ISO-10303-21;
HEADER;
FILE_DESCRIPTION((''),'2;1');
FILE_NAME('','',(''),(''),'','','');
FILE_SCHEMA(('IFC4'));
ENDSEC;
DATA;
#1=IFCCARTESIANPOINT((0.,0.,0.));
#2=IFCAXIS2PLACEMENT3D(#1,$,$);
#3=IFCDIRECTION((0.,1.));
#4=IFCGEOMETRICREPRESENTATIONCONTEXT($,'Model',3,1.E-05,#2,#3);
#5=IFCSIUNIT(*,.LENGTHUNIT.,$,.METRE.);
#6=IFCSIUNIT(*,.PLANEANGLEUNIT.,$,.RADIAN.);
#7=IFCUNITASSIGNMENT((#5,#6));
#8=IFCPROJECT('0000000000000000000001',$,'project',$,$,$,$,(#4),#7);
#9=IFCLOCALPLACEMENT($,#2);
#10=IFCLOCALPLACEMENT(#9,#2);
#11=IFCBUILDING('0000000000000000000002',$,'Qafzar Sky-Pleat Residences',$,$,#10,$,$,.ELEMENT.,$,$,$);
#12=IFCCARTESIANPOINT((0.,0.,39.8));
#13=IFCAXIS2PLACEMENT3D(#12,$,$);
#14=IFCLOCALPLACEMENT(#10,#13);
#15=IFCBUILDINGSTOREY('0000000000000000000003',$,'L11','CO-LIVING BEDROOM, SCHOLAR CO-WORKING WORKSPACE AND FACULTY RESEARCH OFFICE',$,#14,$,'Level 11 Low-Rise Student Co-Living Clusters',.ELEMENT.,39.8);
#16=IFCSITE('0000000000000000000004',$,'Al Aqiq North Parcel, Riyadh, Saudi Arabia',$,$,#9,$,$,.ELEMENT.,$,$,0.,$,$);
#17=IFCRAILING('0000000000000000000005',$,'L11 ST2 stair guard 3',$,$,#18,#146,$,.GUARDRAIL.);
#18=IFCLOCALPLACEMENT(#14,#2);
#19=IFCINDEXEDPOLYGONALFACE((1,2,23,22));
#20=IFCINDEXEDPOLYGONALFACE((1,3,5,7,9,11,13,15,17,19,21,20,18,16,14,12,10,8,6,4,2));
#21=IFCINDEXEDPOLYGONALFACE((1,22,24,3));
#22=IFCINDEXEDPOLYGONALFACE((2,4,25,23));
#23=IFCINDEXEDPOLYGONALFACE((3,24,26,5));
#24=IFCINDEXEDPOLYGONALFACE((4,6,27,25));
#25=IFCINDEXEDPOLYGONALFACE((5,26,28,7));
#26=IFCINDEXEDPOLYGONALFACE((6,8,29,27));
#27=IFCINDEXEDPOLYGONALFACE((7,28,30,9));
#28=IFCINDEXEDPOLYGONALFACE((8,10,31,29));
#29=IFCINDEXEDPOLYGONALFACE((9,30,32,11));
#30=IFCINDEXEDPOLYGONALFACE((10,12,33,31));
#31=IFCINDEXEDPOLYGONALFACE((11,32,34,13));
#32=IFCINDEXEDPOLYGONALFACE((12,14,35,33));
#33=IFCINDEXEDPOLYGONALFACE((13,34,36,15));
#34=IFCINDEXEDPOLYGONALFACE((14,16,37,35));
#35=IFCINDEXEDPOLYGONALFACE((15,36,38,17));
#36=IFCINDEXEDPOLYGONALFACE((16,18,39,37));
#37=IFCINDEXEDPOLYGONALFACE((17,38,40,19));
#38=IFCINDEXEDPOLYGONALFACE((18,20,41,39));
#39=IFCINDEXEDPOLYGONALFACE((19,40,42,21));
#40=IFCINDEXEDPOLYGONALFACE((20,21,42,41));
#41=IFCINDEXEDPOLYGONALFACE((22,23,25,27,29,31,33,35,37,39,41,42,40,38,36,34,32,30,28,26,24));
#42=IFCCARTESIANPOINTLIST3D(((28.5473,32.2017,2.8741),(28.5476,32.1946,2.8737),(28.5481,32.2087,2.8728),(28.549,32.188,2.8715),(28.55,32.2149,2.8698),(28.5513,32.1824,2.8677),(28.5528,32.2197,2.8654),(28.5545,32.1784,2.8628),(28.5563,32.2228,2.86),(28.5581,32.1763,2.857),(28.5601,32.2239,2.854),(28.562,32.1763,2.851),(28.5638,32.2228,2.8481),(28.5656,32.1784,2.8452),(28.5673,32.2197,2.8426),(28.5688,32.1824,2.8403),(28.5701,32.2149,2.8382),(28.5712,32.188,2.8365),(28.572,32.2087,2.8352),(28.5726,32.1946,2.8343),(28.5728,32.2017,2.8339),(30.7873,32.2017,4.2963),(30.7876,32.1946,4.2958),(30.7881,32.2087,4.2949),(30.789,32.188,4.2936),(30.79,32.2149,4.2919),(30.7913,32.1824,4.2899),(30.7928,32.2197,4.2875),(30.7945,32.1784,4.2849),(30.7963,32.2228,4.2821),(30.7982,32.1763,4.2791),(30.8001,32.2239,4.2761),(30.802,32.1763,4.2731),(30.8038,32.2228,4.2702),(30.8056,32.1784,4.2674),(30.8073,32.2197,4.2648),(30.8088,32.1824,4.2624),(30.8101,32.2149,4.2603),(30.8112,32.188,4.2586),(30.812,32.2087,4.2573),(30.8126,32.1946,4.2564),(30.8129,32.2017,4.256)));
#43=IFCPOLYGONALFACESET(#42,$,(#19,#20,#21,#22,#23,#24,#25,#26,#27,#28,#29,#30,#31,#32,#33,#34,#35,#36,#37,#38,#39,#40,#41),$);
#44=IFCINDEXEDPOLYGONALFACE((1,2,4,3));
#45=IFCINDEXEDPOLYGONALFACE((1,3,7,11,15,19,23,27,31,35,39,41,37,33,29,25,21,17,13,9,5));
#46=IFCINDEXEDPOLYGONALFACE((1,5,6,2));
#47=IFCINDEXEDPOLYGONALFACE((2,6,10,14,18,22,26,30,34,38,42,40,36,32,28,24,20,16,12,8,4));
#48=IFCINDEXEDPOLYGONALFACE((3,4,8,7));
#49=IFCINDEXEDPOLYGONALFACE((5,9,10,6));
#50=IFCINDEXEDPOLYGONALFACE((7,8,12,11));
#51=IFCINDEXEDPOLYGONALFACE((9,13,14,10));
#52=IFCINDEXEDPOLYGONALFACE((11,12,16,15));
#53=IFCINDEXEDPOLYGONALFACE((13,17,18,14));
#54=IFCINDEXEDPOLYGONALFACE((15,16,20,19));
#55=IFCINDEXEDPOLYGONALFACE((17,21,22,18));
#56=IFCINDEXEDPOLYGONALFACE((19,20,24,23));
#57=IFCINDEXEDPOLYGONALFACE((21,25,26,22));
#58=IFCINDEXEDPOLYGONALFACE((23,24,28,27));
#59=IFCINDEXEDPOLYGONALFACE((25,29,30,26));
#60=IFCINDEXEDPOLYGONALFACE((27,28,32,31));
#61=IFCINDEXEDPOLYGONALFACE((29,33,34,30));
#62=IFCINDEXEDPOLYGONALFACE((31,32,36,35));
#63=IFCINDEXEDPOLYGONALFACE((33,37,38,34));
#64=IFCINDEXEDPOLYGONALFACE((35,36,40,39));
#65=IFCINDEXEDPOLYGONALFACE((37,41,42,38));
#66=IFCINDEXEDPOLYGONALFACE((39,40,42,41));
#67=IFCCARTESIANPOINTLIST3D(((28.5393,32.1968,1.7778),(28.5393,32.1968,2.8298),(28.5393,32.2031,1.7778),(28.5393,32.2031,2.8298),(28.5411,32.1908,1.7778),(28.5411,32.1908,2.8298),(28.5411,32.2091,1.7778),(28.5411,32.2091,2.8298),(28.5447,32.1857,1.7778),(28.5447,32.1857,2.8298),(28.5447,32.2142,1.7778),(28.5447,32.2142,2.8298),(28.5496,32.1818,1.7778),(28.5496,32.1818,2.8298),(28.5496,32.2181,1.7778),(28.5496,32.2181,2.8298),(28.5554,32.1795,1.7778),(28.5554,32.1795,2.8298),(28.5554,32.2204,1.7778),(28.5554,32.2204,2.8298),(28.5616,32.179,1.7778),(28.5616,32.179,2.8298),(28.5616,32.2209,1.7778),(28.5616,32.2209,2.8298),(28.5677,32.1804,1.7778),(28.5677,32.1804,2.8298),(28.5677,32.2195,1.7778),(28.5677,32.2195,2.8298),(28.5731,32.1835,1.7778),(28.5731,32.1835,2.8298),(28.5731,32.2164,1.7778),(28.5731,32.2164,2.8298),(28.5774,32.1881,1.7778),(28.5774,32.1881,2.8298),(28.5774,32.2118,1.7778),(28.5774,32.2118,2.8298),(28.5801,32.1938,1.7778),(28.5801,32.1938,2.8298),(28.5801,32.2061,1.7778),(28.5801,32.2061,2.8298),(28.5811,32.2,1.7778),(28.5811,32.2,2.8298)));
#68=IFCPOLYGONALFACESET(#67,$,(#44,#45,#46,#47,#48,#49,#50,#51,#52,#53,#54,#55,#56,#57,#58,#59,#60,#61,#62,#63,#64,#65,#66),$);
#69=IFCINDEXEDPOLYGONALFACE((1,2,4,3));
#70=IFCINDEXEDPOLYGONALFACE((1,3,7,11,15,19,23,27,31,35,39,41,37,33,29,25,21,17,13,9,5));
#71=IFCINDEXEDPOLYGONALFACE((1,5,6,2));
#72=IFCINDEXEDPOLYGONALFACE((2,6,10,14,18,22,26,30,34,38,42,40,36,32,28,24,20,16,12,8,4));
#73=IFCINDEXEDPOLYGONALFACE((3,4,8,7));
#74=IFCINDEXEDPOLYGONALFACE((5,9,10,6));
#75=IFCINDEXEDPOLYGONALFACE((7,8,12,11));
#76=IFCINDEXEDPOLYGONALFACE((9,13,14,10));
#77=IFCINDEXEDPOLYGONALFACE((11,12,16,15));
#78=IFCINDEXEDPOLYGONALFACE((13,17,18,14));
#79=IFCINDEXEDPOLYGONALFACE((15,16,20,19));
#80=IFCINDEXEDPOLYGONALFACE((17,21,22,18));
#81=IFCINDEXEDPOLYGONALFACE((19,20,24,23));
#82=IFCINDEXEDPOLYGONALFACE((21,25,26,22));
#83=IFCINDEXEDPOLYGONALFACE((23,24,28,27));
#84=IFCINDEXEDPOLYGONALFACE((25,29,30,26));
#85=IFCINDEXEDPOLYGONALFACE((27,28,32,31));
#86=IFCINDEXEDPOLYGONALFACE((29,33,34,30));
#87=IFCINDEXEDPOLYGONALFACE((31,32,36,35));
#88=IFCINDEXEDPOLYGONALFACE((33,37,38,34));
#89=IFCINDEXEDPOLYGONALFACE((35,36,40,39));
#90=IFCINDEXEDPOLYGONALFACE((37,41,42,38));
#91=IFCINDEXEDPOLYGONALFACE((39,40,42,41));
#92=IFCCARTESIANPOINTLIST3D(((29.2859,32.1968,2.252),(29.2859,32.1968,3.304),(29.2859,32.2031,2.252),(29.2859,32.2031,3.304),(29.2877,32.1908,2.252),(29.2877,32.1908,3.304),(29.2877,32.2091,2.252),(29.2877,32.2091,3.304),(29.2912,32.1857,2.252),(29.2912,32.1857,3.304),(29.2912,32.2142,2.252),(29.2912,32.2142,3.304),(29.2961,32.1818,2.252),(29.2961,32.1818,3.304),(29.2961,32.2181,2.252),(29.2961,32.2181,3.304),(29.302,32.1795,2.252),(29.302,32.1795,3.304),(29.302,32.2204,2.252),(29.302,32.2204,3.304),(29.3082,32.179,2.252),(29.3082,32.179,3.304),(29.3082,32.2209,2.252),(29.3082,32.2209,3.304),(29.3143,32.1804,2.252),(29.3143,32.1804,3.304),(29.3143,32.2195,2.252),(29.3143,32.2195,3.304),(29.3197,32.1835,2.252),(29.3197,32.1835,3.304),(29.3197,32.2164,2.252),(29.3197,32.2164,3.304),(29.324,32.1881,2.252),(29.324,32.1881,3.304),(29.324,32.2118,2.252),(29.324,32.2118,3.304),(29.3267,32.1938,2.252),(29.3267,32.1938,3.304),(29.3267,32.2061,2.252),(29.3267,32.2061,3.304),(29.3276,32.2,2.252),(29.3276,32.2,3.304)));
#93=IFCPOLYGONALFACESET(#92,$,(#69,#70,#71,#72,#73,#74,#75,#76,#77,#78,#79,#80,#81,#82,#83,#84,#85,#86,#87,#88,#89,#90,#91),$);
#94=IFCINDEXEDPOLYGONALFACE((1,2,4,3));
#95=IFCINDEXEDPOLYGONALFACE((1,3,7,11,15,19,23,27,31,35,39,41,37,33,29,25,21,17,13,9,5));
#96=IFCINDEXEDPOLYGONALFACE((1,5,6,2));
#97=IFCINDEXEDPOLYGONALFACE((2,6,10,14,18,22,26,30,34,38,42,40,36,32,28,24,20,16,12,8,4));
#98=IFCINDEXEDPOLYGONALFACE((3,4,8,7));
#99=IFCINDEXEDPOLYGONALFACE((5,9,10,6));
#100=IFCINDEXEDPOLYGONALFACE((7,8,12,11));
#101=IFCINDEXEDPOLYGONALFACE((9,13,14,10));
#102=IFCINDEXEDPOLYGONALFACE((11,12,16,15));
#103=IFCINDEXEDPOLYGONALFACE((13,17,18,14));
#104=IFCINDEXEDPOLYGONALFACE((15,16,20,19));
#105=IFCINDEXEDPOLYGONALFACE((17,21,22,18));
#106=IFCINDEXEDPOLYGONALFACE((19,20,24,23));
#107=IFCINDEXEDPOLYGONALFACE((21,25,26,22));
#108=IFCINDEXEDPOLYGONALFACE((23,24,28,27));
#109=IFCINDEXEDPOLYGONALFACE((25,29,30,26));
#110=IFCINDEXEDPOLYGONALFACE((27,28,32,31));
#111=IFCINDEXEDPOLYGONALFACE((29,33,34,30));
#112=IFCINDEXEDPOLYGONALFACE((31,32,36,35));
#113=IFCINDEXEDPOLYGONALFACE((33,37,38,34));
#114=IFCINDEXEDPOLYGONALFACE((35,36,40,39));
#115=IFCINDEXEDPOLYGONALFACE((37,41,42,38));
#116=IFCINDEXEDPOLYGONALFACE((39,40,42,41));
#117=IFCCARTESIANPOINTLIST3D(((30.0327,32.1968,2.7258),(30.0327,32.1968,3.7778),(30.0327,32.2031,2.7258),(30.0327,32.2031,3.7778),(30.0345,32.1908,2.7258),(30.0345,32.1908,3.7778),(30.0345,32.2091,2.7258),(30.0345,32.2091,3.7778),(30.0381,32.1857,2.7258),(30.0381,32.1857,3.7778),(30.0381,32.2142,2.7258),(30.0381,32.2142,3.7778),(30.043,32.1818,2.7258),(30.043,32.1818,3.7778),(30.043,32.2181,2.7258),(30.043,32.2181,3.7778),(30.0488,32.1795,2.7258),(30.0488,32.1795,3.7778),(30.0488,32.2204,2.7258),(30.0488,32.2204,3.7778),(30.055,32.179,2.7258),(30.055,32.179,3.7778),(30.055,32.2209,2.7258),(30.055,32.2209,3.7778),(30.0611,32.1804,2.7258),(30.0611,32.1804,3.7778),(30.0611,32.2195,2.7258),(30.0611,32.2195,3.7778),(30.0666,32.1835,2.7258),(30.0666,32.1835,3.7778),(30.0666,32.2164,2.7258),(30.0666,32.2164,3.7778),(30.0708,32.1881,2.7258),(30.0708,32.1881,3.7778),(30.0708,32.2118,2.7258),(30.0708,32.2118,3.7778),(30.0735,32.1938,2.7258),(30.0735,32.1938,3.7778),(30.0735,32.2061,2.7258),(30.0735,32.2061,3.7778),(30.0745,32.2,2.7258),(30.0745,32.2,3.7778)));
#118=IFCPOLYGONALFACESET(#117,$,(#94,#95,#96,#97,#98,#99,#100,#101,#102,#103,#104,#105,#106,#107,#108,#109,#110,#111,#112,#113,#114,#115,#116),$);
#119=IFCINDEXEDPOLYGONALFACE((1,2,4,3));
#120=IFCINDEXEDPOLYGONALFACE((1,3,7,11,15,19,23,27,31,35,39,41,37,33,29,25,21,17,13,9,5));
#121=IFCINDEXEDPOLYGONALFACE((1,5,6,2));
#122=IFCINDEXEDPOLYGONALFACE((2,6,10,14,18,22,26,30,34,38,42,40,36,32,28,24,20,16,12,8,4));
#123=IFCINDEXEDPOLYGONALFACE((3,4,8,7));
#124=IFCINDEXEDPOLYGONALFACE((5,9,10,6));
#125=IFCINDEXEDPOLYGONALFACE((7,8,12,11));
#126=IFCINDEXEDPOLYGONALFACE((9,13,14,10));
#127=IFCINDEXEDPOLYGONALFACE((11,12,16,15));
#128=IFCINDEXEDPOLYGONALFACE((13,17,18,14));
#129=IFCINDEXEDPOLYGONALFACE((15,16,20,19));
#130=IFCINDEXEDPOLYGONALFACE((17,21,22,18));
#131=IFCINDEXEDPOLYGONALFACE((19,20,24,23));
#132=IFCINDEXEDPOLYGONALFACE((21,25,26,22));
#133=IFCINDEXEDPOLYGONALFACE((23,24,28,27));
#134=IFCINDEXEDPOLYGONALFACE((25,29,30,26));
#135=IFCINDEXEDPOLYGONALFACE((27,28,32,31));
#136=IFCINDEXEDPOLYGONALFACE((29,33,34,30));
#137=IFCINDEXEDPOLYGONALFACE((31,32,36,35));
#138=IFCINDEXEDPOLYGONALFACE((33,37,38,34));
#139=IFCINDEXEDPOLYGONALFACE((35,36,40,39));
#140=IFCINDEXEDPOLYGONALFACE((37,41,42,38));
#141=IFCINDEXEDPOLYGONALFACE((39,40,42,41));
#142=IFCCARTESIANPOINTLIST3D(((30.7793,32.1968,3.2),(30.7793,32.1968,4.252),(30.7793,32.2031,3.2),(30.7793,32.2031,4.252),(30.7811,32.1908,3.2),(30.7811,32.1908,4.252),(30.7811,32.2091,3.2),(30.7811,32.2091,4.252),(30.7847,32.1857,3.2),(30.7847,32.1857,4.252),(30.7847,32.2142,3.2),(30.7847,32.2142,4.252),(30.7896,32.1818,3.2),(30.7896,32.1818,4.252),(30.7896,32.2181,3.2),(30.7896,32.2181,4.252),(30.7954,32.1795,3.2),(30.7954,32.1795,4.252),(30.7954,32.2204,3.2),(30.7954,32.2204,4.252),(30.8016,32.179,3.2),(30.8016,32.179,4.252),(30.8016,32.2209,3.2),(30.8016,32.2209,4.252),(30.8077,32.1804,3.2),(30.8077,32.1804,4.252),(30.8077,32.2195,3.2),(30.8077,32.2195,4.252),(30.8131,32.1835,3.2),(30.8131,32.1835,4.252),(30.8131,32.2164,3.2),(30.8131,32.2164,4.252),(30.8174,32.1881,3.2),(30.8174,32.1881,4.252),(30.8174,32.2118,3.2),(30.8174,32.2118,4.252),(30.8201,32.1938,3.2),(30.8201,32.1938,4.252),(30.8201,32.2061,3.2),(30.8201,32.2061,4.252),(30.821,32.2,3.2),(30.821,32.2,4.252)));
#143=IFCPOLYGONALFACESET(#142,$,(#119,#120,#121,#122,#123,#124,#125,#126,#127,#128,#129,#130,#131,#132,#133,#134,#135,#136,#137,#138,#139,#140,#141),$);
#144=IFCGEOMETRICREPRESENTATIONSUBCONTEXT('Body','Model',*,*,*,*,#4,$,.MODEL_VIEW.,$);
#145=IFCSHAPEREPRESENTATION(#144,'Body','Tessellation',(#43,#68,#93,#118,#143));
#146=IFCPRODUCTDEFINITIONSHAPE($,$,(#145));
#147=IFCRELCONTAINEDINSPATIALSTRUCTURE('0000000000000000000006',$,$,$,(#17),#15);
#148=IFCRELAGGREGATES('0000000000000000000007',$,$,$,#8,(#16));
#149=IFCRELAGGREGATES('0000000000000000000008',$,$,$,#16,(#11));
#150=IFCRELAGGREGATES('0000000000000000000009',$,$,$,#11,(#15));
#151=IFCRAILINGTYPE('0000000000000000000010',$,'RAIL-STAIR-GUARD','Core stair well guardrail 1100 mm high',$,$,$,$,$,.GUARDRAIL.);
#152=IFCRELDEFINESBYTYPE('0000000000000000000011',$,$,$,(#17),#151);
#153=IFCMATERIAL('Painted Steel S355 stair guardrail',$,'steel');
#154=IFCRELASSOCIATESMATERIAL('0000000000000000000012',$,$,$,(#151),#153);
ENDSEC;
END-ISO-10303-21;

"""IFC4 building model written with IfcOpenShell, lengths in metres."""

from ifc_helpers import new_model, si_unit, direction, frame, origin, origin_2d, place, context, subcontext, project, spatial, circle, extrude, source, transform, mapped, material, type_object, element, save


model = new_model("IFC4")

# Units and contexts
model_context = context("Model", 3, precision=1e-05, world=origin(), true_north=direction((0.0, 1.0)))
body_context = subcontext(model_context, "Body", "Model", "MODEL_VIEW")
ifc_project = project(units=[si_unit("LENGTHUNIT", "METRE"), si_unit("PLANEANGLEUNIT", "RADIAN")], contexts=[model_context])

# Site, building, storey
site_placement = place(None, origin())
site = spatial("IfcSite", under=ifc_project, at=site_placement, Name="Al Aqiq North Parcel, Riyadh, Saudi Arabia", CompositionType="ELEMENT", RefElevation=0.0)
building_placement = place(site_placement, origin())
building = spatial("IfcBuilding", under=site, at=building_placement, Name="Qafzar Sky-Pleat Residences", CompositionType="ELEMENT")
storey_placement = place(building_placement, frame((0.0, 0.0, 39.8)))
storey = spatial("IfcBuildingStorey", under=building, at=storey_placement, Name="L11", Description="CO-LIVING BEDROOM, SCHOLAR CO-WORKING WORKSPACE AND FACULTY RESEARCH OFFICE", LongName="Level 11 Low-Rise Student Co-Living Clusters", CompositionType="ELEMENT", Elevation=39.8)

# Railing
ifc_material_1 = material(Name="Painted Steel S355 stair guardrail", Category="steel")
railing_type_1 = type_object("IfcRailingType", Name="RAIL-STAIR-GUARD", Description="Core stair well guardrail 1100 mm high", PredefinedType="GUARDRAIL", material=ifc_material_1)
shared_shape_1 = source(origin(), body_context, "Body", "SweptSolid", [
    extrude(circle(Radius=0.0239, at=origin_2d()), frame((0.0, 0.0, 1.0762), z_axis=(0.844229, 0.0, 0.535982), x_axis=(0.0, 1.0, 0.0)), (0.0, 0.0, 1.0), 2.6533),
    extrude(circle(Radius=0.021, at=origin_2d()), origin(), (0.0, 0.0, 1.0), 1.052),
    extrude(circle(Radius=0.021, at=origin_2d()), frame((0.7466, 0.0, 0.4741)), (0.0, 0.0, 1.0), 1.052),
    extrude(circle(Radius=0.021, at=origin_2d()), frame((1.4934, 0.0, 0.948)), (0.0, 0.0, 1.0), 1.052),
    extrude(circle(Radius=0.021, at=origin_2d()), frame((2.24, 0.0, 1.4221)), (0.0, 0.0, 1.0), 1.052),
])
railing_1_placement = place(storey_placement, frame((28.5601, 32.2, 1.7778)))
element("IfcRailing", 1, at=railing_1_placement, inside=storey, type_object=railing_type_1, Name="L11 ST2 stair guard 3", PredefinedType="GUARDRAIL", context=body_context, shape_type="MappedRepresentation", body=[
    mapped(shared_shape_1, transform((0.0, 0.0, 0.0), x_axis=(1.0, 0.0, 0.0), y_axis=(0.0, 1.0, 0.0), z_axis=(0.0, 0.0, 1.0), scale=1.0)),
])

save(model, "model.ifc")
